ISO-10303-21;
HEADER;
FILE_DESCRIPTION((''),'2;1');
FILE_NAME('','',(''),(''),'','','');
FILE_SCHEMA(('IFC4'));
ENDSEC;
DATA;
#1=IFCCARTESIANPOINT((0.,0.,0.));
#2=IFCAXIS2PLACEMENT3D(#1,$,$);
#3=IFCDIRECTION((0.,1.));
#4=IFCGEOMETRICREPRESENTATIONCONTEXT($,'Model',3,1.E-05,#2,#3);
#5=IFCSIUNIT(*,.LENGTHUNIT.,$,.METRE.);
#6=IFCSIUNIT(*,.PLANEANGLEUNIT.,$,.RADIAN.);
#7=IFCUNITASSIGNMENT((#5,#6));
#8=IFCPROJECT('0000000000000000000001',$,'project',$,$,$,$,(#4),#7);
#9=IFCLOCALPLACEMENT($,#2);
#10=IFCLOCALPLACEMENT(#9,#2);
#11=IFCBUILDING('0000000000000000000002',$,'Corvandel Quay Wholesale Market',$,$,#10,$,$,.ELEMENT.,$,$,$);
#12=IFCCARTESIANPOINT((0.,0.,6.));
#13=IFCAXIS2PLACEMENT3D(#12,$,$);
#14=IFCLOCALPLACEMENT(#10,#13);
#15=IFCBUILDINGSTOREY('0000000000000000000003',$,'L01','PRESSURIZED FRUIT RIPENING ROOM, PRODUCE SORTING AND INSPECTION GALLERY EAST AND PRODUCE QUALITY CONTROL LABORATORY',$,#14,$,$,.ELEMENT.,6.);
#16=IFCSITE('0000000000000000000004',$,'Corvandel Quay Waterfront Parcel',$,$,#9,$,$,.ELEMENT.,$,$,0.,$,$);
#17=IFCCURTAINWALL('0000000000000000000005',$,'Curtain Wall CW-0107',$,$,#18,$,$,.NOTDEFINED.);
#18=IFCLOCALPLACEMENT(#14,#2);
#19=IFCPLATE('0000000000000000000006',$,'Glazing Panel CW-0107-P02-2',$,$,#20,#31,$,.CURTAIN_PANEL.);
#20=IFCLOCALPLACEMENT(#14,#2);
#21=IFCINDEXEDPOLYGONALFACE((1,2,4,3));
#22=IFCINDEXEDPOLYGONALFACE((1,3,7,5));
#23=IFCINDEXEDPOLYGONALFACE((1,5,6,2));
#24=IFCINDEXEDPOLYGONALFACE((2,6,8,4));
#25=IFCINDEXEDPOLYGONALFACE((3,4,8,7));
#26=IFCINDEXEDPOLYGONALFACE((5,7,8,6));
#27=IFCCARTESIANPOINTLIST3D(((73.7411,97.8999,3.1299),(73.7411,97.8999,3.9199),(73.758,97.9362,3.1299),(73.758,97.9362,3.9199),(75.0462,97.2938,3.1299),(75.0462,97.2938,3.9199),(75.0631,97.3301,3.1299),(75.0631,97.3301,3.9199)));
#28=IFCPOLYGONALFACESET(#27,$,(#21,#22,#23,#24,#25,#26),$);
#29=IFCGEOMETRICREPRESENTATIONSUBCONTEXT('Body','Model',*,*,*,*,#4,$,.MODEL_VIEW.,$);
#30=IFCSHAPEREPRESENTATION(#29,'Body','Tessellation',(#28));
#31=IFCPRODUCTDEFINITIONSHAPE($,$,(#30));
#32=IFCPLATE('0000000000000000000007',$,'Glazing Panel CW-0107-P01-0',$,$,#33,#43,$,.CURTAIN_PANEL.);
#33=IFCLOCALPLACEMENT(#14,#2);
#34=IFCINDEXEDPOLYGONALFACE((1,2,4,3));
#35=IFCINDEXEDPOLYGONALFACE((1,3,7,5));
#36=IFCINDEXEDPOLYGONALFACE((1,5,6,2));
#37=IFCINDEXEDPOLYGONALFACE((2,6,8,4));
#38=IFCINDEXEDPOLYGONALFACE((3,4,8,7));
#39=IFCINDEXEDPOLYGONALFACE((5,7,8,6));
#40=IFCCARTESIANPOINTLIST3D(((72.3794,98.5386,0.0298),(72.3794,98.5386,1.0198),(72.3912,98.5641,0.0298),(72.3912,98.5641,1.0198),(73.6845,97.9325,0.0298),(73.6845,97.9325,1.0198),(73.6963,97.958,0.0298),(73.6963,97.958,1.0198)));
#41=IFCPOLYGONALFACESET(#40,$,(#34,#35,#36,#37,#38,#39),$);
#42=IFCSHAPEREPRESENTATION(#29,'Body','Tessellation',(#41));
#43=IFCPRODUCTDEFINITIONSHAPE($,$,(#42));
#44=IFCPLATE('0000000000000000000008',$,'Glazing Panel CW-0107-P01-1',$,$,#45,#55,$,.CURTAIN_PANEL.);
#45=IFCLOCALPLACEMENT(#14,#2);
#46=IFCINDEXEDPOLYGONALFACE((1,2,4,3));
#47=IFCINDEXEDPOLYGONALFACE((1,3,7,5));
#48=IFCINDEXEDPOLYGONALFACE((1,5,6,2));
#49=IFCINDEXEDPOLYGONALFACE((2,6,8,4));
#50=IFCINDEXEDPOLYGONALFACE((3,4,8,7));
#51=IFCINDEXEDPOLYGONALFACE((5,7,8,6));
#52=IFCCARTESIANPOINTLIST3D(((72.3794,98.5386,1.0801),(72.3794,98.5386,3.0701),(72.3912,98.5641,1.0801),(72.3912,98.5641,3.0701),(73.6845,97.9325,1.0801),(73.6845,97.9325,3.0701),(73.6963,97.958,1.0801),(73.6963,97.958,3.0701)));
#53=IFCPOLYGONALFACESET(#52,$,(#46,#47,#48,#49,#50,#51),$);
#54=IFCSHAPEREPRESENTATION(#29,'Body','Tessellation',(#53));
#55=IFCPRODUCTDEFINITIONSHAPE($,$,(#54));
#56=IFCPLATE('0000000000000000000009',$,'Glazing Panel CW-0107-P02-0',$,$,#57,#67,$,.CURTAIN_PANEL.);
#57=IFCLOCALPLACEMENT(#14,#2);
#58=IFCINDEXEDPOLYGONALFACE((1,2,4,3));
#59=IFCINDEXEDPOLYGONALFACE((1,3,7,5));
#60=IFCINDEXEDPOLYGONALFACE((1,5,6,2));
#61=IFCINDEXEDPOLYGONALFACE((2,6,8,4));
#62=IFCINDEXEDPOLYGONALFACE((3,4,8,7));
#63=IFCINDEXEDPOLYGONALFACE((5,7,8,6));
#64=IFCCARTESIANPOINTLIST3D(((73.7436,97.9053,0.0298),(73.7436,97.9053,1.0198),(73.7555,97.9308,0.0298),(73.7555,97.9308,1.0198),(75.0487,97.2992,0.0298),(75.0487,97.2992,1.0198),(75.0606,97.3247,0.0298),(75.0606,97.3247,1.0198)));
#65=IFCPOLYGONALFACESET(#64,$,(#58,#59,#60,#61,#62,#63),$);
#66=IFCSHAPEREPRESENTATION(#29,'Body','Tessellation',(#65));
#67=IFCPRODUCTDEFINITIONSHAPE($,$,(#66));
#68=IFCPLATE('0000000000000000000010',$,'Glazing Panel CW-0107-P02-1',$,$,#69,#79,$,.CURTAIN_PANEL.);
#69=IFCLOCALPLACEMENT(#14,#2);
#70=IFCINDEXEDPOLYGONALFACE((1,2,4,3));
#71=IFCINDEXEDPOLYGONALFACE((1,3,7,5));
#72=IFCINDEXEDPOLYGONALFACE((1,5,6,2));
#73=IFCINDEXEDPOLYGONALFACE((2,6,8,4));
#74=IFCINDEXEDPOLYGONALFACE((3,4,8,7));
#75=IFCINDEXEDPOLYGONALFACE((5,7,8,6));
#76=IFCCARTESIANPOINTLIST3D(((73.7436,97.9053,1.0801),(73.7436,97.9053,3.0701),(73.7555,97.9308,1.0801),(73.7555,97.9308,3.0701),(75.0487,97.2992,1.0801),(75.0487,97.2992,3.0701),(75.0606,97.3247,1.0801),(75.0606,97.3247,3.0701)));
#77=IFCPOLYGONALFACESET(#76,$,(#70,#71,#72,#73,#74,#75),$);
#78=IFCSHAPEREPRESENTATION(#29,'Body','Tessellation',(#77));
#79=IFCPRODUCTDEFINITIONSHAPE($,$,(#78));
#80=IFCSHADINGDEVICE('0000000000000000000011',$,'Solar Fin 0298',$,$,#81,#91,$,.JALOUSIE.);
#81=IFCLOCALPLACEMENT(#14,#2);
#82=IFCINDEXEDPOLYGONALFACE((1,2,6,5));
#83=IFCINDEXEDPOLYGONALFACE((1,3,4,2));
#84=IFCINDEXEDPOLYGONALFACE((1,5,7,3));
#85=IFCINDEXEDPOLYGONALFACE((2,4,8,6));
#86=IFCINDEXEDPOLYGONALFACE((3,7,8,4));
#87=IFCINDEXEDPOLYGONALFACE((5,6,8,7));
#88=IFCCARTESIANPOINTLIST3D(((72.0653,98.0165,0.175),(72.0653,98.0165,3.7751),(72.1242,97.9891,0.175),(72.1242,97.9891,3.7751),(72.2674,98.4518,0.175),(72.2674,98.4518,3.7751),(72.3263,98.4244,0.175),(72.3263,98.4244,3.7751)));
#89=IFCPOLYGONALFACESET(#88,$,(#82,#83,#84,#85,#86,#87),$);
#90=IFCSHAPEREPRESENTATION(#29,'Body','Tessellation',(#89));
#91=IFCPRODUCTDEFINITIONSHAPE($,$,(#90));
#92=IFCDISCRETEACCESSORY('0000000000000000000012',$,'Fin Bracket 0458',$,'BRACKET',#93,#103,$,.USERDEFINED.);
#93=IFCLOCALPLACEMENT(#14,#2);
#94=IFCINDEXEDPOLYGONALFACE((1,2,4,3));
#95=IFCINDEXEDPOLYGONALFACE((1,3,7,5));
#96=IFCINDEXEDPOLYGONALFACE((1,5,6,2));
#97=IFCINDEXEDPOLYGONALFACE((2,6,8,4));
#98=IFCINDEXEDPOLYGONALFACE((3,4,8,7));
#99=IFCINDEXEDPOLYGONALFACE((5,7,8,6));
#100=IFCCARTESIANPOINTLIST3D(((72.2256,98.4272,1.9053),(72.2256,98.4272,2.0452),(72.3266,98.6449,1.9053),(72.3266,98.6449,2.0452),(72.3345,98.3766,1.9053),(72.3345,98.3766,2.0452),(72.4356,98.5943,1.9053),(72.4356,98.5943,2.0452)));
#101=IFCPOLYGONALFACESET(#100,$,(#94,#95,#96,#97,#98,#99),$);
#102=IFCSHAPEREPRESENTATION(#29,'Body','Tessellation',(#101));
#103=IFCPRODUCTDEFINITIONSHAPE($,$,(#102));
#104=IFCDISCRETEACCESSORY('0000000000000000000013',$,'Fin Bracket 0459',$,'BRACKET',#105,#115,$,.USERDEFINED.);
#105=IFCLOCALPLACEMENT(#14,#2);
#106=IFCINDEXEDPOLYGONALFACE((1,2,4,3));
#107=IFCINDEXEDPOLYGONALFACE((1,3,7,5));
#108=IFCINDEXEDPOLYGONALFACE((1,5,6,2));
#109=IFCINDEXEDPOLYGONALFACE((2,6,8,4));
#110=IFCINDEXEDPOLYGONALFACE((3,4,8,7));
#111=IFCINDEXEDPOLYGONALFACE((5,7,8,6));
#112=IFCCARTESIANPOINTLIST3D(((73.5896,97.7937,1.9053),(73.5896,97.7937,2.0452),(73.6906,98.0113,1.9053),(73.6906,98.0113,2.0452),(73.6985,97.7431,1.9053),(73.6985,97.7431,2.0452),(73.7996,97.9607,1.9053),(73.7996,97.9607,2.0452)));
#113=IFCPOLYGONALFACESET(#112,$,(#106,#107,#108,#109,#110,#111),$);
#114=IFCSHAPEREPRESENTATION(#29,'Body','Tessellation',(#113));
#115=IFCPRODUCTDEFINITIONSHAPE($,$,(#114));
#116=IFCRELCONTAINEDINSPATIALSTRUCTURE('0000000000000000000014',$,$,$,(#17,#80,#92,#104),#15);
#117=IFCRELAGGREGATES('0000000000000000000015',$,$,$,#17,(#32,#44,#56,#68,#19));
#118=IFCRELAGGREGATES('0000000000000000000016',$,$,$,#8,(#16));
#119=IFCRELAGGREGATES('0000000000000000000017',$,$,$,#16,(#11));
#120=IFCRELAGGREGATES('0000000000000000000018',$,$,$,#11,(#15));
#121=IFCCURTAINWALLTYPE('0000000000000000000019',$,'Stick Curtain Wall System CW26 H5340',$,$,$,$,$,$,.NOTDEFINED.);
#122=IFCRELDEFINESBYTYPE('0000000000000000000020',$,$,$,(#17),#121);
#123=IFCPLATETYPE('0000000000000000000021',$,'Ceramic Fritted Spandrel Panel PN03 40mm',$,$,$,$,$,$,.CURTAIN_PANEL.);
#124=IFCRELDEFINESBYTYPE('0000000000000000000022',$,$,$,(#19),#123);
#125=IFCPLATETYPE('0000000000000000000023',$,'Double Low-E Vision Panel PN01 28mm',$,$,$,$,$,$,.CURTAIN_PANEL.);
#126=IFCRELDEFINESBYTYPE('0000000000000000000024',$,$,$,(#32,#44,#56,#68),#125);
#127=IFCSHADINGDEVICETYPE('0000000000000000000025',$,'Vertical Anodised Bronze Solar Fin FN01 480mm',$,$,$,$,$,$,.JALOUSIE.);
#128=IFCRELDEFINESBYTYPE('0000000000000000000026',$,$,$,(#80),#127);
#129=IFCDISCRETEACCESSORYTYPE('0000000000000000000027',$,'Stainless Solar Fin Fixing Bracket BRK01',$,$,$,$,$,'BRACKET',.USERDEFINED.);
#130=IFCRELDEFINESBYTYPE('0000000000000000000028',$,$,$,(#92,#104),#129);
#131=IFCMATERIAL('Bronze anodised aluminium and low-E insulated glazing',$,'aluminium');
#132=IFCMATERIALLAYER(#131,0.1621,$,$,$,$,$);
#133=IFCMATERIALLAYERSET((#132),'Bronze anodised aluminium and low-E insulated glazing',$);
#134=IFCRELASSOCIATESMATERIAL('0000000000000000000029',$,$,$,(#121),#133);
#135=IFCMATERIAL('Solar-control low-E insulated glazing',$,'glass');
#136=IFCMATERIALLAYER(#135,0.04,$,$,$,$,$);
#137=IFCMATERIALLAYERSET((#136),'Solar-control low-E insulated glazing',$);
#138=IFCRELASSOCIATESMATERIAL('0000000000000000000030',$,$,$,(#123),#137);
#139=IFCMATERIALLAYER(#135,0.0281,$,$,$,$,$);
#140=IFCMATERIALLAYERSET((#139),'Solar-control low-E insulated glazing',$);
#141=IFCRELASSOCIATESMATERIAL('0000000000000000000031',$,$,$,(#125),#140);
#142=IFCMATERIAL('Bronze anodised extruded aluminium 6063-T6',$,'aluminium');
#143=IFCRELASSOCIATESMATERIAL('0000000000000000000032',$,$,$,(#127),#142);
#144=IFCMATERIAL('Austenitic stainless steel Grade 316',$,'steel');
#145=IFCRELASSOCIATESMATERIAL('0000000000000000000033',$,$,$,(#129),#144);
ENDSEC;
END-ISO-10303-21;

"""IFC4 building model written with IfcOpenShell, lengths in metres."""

from ifc_helpers import new_model, si_unit, direction, frame, origin, origin_2d, place, context, subcontext, project, spatial, rectangle, extrude, material, layer, layer_set, type_object, element, aggregate, save


model = new_model("IFC4")

# Units and contexts
model_context = context("Model", 3, precision=1e-05, world=origin(), true_north=direction((0.0, 1.0)))
body_context = subcontext(model_context, "Body", "Model", "MODEL_VIEW")
ifc_project = project(units=[si_unit("LENGTHUNIT", "METRE"), si_unit("PLANEANGLEUNIT", "RADIAN")], contexts=[model_context])

# Site, building, storey
site_placement = place(None, origin())
site = spatial("IfcSite", under=ifc_project, at=site_placement, Name="Corvandel Quay Waterfront Parcel", CompositionType="ELEMENT", RefElevation=0.0)
building_placement = place(site_placement, origin())
building = spatial("IfcBuilding", under=site, at=building_placement, Name="Corvandel Quay Wholesale Market", CompositionType="ELEMENT")
storey_placement = place(building_placement, frame((0.0, 0.0, 6.0)))
storey = spatial("IfcBuildingStorey", under=building, at=storey_placement, Name="L01", Description="PRESSURIZED FRUIT RIPENING ROOM, PRODUCE SORTING AND INSPECTION GALLERY EAST AND PRODUCE QUALITY CONTROL LABORATORY", CompositionType="ELEMENT", Elevation=6.0)

# Curtain wall
ifc_material_1 = material(Name="Bronze anodised aluminium and low-E insulated glazing", Category="aluminium")
ifc_layer_1 = layer(ifc_material_1, 0.1621)
ifc_layer_set_1 = layer_set([ifc_layer_1], Name="Bronze anodised aluminium and low-E insulated glazing")
curtain_wall_type = type_object("IfcCurtainWallType", Name="Stick Curtain Wall System CW26 H5340", PredefinedType="NOTDEFINED", material=ifc_layer_set_1)
curtain_wall_placement = place(storey_placement, origin())
curtain_wall = element("IfcCurtainWall", 1, at=curtain_wall_placement, inside=storey, type_object=curtain_wall_type, Name="Curtain Wall CW-0107", PredefinedType="NOTDEFINED")

# Plates
ifc_material_2 = material(Name="Solar-control low-E insulated glazing", Category="glass")
ifc_layer_2 = layer(ifc_material_2, 0.04)
ifc_layer_set_2 = layer_set([ifc_layer_2], Name="Solar-control low-E insulated glazing")
plate_type_1 = type_object("IfcPlateType", Name="Ceramic Fritted Spandrel Panel PN03 40mm", PredefinedType="CURTAIN_PANEL", material=ifc_layer_set_2)
plate_1_placement = place(storey_placement, frame((74.4021, 97.615, 3.1299), z_axis=(0.0, 0.0, 1.0), x_axis=(-0.906971, 0.421194, 0.0)))
plate_1 = element("IfcPlate", 2, at=plate_1_placement, type_object=plate_type_1, Name="Glazing Panel CW-0107-P02-2", PredefinedType="CURTAIN_PANEL", context=body_context, shape_type="SweptSolid", body=[
    extrude(rectangle(XDim=1.439, YDim=0.04, at=origin_2d()), origin(), (0.0, 0.0, 1.0), 0.79),
])
ifc_layer_3 = layer(ifc_material_2, 0.0281)
ifc_layer_set_3 = layer_set([ifc_layer_3], Name="Solar-control low-E insulated glazing")
plate_type_2 = type_object("IfcPlateType", Name="Double Low-E Vision Panel PN01 28mm", PredefinedType="CURTAIN_PANEL", material=ifc_layer_set_3)
plate_2_placement = place(storey_placement, frame((73.0378, 98.2483, 0.0298), z_axis=(0.0, 0.0, 1.0), x_axis=(-0.906971, 0.421194, 0.0)))
plate_2 = element("IfcPlate", 3, at=plate_2_placement, type_object=plate_type_2, Name="Glazing Panel CW-0107-P01-0", PredefinedType="CURTAIN_PANEL", context=body_context, shape_type="SweptSolid", body=[
    extrude(rectangle(XDim=1.439, YDim=0.0281, at=origin_2d()), origin(), (0.0, 0.0, 1.0), 0.99),
])
plate_3_placement = place(storey_placement, frame((73.0378, 98.2483, 1.0801), z_axis=(0.0, 0.0, 1.0), x_axis=(-0.906971, 0.421194, 0.0)))
plate_3 = element("IfcPlate", 4, at=plate_3_placement, type_object=plate_type_2, Name="Glazing Panel CW-0107-P01-1", PredefinedType="CURTAIN_PANEL", context=body_context, shape_type="SweptSolid", body=[
    extrude(rectangle(XDim=1.439, YDim=0.0281, at=origin_2d()), origin(), (0.0, 0.0, 1.0), 1.99),
])
plate_4_placement = place(storey_placement, frame((74.4021, 97.615, 0.0298), z_axis=(0.0, 0.0, 1.0), x_axis=(-0.906971, 0.421194, 0.0)))
plate_4 = element("IfcPlate", 5, at=plate_4_placement, type_object=plate_type_2, Name="Glazing Panel CW-0107-P02-0", PredefinedType="CURTAIN_PANEL", context=body_context, shape_type="SweptSolid", body=[
    extrude(rectangle(XDim=1.439, YDim=0.0281, at=origin_2d()), origin(), (0.0, 0.0, 1.0), 0.99),
])
plate_5_placement = place(storey_placement, frame((74.4021, 97.615, 1.0801), z_axis=(0.0, 0.0, 1.0), x_axis=(-0.906971, 0.421194, 0.0)))
plate_5 = element("IfcPlate", 6, at=plate_5_placement, type_object=plate_type_2, Name="Glazing Panel CW-0107-P02-1", PredefinedType="CURTAIN_PANEL", context=body_context, shape_type="SweptSolid", body=[
    extrude(rectangle(XDim=1.439, YDim=0.0281, at=origin_2d()), origin(), (0.0, 0.0, 1.0), 1.99),
])
aggregate(curtain_wall, [plate_2, plate_3, plate_4, plate_5, plate_1])

# Shading device
ifc_material_3 = material(Name="Bronze anodised extruded aluminium 6063-T6", Category="aluminium")
shading_device_type = type_object("IfcShadingDeviceType", Name="Vertical Anodised Bronze Solar Fin FN01 480mm", PredefinedType="JALOUSIE", material=ifc_material_3)
shading_device_placement = place(storey_placement, frame((72.1958, 98.2205, 0.175), z_axis=(0.0, 0.0, 1.0), x_axis=(0.421194, 0.906971, 0.0)))
element("IfcShadingDevice", 7, at=shading_device_placement, inside=storey, type_object=shading_device_type, Name="Solar Fin 0298", PredefinedType="JALOUSIE", context=body_context, shape_type="SweptSolid", body=[
    extrude(rectangle(XDim=0.48, YDim=0.0649, at=origin_2d()), origin(), (0.0, 0.0, 1.0), 3.6001),
])

# Discrete accessories
ifc_material_4 = material(Name="Austenitic stainless steel Grade 316", Category="steel")
discrete_accessory_type = type_object("IfcDiscreteAccessoryType", Name="Stainless Solar Fin Fixing Bracket BRK01", ElementType="BRACKET", PredefinedType="USERDEFINED", material=ifc_material_4)
for number, where, z_axis, x_axis, name in (
    (8, (72.3306, 98.5107, 1.9053), (0.0, 0.0, 1.0), (0.421194, 0.906971, 0.0), "Fin Bracket 0458"),
    (9, (73.6946, 97.8772, 1.9053), (0.0, 0.0, 1.0), (0.421194, 0.906971, 0.0), "Fin Bracket 0459"),
):
    element("IfcDiscreteAccessory", number, at=place(storey_placement, frame(where, z_axis=z_axis, x_axis=x_axis)), inside=storey, type_object=discrete_accessory_type, Name=name, ObjectType="BRACKET", PredefinedType="USERDEFINED", context=body_context, shape_type="SweptSolid", body=[
        extrude(rectangle(XDim=0.24, YDim=0.1201, at=origin_2d()), origin(), (0.0, 0.0, 1.0), 0.1399),
    ])

save(model, "model.ifc")
